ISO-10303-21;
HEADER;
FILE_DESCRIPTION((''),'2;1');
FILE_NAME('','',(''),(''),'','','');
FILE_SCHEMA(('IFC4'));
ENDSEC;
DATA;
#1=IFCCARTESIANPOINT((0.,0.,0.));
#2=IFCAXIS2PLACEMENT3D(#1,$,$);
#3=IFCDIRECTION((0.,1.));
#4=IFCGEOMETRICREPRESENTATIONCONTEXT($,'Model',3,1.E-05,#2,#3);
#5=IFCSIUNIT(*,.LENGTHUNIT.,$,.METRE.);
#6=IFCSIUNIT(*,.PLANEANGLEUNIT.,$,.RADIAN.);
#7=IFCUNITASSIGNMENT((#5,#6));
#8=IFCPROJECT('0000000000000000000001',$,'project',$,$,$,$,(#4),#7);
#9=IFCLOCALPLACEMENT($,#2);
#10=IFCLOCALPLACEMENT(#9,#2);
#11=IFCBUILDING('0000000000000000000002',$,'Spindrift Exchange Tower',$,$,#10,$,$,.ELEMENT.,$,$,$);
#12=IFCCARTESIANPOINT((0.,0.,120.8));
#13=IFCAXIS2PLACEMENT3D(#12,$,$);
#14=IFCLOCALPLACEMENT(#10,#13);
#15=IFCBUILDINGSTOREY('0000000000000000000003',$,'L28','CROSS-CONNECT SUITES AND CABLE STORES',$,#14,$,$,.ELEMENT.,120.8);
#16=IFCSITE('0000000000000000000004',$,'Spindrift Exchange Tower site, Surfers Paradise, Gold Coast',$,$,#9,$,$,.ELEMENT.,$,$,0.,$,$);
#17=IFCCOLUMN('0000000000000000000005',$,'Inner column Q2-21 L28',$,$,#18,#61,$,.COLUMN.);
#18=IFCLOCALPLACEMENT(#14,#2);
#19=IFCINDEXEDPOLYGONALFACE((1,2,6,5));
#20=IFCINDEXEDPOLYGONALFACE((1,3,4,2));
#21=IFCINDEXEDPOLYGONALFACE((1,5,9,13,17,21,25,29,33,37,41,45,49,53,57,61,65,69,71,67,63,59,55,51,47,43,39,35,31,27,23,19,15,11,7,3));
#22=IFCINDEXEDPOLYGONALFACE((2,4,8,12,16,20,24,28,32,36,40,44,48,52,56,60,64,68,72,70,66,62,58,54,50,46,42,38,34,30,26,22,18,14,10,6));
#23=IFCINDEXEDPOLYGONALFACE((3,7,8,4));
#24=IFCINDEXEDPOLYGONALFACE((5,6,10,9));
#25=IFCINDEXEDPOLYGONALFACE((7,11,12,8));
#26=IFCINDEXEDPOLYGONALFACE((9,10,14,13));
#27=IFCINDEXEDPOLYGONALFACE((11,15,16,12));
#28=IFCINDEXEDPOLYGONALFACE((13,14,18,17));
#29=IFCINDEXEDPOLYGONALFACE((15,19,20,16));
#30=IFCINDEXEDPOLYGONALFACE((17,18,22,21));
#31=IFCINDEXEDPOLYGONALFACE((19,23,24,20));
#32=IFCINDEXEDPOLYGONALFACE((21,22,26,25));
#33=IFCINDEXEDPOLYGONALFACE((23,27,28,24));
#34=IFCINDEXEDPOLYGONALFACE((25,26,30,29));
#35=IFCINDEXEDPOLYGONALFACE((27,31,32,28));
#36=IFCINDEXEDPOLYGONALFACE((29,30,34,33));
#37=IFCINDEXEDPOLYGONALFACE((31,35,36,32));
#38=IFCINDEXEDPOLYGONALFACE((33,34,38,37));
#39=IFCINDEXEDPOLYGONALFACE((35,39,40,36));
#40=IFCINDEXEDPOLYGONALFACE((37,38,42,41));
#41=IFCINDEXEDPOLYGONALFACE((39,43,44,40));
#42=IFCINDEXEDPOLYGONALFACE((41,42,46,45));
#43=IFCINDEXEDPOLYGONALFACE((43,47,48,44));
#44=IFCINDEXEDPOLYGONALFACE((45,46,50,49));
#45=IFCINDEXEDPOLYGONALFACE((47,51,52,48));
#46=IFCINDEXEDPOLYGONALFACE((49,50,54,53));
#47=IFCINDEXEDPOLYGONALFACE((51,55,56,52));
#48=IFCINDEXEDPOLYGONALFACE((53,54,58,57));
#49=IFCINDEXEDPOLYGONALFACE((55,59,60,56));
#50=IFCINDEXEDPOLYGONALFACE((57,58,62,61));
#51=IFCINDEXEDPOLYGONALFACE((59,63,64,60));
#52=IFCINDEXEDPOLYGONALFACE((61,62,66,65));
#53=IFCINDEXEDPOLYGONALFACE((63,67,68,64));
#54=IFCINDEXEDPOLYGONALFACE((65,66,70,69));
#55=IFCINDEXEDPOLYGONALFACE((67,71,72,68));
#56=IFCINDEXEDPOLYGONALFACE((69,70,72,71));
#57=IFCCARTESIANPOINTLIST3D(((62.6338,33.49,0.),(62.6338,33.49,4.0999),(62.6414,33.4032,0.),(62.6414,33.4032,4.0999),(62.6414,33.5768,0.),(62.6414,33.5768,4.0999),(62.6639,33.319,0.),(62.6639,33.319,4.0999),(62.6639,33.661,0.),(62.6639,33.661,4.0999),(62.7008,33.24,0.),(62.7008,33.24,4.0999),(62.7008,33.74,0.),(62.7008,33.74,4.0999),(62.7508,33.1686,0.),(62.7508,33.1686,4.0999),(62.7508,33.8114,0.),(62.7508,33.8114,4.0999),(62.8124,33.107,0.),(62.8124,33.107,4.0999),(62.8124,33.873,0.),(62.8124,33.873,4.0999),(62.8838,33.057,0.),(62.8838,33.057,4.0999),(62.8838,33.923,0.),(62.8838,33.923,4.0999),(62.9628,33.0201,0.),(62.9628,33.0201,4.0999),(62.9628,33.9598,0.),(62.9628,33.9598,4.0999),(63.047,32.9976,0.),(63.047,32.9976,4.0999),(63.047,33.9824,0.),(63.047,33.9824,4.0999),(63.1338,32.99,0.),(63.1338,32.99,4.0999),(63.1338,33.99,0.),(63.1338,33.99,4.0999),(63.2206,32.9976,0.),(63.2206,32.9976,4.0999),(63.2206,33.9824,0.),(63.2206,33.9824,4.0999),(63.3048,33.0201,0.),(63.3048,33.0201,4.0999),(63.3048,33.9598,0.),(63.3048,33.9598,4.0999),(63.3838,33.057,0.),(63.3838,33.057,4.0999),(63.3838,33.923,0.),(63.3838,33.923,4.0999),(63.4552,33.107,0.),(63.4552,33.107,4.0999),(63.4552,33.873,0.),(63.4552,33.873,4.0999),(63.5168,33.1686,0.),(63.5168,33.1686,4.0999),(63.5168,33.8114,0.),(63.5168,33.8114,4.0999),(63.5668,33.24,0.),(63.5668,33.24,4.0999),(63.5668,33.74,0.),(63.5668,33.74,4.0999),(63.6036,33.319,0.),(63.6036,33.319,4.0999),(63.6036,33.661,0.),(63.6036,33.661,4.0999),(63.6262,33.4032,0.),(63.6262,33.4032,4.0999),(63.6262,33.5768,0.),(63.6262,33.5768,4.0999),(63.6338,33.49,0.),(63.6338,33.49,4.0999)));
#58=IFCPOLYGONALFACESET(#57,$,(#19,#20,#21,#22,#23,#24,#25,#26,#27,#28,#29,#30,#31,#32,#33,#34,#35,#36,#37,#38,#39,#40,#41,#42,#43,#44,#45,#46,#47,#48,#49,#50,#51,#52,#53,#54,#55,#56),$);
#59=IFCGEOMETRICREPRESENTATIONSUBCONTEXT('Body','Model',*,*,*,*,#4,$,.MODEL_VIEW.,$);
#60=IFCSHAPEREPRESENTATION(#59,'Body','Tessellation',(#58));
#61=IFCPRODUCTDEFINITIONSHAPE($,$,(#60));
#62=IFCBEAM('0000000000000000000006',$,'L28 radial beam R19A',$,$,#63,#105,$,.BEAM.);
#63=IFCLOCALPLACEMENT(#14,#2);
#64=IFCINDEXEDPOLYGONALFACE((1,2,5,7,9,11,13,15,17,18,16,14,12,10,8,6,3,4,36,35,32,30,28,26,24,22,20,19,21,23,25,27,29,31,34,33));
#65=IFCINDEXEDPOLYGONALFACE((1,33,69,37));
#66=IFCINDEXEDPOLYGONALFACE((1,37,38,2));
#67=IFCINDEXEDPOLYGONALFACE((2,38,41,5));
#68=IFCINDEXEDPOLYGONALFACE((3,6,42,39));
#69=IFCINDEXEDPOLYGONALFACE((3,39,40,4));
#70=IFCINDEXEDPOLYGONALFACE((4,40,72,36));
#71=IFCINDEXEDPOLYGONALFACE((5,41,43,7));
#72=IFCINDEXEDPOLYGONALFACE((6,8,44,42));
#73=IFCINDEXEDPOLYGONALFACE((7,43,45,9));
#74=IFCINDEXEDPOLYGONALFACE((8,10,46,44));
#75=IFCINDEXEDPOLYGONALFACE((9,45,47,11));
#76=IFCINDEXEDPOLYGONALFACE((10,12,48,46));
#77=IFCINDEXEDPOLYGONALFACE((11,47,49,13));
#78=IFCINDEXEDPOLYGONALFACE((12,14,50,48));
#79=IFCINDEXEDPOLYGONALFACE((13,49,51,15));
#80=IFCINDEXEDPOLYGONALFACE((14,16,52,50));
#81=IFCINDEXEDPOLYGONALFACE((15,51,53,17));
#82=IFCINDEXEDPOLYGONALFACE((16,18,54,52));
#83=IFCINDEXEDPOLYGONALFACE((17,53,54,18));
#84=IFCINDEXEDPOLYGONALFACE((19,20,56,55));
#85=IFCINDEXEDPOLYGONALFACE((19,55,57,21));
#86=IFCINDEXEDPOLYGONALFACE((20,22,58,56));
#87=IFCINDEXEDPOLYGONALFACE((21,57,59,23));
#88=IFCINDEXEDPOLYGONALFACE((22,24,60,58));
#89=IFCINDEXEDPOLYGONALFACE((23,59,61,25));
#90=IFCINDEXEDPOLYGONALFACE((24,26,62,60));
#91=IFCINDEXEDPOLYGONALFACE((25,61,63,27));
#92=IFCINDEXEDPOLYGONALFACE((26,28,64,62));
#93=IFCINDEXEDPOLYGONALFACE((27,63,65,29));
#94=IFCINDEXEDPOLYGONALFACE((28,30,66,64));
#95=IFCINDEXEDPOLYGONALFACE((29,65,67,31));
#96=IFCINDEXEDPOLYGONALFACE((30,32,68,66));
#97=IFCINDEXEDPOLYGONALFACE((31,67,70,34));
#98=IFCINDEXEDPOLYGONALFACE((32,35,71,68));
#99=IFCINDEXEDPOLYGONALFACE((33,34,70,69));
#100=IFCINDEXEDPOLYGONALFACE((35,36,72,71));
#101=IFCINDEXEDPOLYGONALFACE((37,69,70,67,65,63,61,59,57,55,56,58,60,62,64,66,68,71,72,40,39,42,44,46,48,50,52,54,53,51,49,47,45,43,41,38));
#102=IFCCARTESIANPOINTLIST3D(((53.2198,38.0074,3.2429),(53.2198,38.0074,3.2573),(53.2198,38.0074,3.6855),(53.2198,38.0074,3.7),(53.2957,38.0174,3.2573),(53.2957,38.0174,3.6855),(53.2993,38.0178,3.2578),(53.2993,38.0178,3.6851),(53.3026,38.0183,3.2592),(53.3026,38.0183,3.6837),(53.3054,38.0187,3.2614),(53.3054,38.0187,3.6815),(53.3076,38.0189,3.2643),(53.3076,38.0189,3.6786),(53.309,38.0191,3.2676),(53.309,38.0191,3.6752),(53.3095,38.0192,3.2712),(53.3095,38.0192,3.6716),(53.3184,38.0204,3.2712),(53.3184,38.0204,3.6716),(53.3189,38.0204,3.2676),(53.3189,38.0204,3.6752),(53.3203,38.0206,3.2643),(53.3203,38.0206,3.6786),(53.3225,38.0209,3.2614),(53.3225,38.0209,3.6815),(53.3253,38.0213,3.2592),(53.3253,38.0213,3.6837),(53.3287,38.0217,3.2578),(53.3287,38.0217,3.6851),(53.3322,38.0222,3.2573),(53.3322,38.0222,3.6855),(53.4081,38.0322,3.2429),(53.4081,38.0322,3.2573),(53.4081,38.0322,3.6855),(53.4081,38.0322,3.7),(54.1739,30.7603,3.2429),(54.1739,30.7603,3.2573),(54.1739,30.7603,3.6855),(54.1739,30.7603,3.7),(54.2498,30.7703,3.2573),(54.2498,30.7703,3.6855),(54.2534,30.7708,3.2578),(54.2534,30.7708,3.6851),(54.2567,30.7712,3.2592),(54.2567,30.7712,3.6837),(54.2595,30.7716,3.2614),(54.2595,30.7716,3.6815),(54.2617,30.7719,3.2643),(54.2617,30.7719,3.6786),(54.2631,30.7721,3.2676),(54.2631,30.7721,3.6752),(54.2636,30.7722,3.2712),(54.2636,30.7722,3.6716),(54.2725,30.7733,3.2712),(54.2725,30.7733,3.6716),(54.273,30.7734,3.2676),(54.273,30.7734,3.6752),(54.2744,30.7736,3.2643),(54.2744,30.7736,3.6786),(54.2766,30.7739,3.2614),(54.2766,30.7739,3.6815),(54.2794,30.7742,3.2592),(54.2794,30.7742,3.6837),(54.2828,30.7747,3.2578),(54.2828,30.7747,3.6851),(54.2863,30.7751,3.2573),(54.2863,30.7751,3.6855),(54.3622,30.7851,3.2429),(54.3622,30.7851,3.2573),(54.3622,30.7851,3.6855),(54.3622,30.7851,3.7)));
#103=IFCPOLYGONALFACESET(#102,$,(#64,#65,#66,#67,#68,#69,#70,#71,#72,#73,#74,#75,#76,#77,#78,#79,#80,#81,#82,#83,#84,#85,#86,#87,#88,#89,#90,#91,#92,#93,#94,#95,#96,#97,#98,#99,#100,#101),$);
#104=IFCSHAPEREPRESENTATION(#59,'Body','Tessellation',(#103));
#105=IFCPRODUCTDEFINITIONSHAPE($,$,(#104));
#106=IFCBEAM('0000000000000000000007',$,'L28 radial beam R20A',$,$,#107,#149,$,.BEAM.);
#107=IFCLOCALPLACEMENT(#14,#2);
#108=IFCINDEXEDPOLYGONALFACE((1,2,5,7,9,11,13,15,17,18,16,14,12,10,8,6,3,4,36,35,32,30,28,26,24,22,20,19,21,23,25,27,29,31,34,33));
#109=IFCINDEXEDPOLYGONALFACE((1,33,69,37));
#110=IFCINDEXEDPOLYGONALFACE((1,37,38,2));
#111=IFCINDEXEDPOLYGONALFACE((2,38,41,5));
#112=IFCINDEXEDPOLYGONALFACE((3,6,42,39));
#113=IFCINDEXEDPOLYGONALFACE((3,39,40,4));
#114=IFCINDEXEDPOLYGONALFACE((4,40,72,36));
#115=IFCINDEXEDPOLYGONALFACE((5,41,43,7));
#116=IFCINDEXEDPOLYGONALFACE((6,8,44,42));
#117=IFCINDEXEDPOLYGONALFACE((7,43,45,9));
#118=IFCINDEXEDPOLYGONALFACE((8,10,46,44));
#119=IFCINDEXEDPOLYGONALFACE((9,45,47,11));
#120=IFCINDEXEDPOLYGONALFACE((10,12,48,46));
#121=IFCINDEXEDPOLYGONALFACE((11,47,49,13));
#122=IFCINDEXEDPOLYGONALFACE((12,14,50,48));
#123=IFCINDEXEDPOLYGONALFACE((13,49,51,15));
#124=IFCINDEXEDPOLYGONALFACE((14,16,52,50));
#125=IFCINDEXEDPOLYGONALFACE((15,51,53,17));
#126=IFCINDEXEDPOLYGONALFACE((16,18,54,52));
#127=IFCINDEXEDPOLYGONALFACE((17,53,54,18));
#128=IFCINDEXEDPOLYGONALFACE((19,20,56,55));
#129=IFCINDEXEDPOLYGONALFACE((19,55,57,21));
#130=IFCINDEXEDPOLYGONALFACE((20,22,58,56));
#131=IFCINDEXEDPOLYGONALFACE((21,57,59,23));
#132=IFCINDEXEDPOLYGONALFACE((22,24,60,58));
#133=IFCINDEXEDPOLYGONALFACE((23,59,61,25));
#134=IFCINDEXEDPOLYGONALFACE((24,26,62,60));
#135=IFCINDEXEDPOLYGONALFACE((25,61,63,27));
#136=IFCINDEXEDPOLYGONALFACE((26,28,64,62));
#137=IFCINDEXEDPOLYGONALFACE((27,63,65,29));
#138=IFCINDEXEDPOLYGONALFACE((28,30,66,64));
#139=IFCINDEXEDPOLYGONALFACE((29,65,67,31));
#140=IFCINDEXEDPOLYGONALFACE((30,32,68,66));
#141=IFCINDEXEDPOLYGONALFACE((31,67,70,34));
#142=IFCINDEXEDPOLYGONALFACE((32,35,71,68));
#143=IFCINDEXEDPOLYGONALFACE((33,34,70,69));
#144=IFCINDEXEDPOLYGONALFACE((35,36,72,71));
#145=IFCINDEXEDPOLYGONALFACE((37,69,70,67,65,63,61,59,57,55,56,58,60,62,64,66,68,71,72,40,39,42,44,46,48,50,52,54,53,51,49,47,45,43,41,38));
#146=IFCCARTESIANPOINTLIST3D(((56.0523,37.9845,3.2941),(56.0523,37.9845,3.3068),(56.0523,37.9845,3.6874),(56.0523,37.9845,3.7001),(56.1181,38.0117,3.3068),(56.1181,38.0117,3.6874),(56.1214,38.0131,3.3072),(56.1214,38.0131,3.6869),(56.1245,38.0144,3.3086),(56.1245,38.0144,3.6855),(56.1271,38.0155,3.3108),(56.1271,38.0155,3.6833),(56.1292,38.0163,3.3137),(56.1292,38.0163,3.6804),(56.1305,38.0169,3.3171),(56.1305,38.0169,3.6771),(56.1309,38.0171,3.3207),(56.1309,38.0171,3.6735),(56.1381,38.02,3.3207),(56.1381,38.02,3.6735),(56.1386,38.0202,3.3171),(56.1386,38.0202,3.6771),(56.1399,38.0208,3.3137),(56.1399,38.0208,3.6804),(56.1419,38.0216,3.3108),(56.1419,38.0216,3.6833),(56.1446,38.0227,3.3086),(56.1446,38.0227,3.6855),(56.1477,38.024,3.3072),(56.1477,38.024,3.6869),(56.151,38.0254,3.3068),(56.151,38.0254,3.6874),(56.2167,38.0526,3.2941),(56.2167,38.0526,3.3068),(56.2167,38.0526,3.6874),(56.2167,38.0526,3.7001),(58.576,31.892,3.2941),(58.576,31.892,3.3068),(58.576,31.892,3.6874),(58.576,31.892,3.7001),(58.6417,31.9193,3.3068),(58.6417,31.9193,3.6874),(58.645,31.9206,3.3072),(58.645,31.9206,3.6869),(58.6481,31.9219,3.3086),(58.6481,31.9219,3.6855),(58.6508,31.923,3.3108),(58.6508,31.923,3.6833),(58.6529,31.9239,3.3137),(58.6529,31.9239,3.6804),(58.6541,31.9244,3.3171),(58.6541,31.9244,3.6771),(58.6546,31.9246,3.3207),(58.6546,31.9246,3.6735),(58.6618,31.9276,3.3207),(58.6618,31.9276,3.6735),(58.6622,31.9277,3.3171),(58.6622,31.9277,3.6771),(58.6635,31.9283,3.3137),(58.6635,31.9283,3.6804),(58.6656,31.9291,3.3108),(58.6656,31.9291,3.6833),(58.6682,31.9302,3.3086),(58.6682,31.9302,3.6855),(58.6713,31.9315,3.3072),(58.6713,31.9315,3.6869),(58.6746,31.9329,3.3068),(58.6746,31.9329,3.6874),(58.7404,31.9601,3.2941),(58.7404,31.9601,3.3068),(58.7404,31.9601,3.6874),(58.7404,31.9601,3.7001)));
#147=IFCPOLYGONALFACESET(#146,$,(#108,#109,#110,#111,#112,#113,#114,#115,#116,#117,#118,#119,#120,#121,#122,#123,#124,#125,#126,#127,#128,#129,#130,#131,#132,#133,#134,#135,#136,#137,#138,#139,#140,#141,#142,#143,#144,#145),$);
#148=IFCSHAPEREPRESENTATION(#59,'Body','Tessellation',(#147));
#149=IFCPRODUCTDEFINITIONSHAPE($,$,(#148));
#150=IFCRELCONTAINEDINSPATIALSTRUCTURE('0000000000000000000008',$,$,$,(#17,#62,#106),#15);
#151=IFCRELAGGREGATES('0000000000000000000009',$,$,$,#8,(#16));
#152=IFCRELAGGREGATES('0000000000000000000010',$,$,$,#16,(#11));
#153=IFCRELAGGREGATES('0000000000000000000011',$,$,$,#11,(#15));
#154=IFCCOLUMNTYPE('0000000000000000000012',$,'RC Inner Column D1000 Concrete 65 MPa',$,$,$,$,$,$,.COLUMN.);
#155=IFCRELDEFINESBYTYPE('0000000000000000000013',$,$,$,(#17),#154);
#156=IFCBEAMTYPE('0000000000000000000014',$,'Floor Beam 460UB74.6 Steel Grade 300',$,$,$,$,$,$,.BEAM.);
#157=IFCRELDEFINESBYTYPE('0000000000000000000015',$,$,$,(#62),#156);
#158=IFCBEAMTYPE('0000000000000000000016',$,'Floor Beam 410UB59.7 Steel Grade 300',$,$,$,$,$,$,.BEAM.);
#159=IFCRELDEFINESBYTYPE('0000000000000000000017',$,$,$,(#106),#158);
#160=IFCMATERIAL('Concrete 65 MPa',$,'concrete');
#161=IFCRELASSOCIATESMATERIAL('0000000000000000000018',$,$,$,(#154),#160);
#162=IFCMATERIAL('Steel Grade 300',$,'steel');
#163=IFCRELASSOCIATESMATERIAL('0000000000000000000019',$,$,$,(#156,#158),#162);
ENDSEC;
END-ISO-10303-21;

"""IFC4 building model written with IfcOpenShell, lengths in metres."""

from ifc_helpers import new_model, si_unit, direction, frame, origin, origin_2d, place, context, subcontext, project, spatial, circle, i_section, extrude, source, transform, mapped, material, material_profile, profile_set, type_object, element, save


model = new_model("IFC4")

# Units and contexts
model_context = context("Model", 3, precision=1e-05, world=origin(), true_north=direction((0.0, 1.0)))
body_context = subcontext(model_context, "Body", "Model", "MODEL_VIEW")
ifc_project = project(units=[si_unit("LENGTHUNIT", "METRE"), si_unit("PLANEANGLEUNIT", "RADIAN")], contexts=[model_context])

# Site, building, storey
site_placement = place(None, origin())
site = spatial("IfcSite", under=ifc_project, at=site_placement, Name="Spindrift Exchange Tower site, Surfers Paradise, Gold Coast", CompositionType="ELEMENT", RefElevation=0.0)
building_placement = place(site_placement, origin())
building = spatial("IfcBuilding", under=site, at=building_placement, Name="Spindrift Exchange Tower", CompositionType="ELEMENT")
storey_placement = place(building_placement, frame((0.0, 0.0, 120.8)))
storey = spatial("IfcBuildingStorey", under=building, at=storey_placement, Name="L28", Description="CROSS-CONNECT SUITES AND CABLE STORES", CompositionType="ELEMENT", Elevation=120.8)

# Column
ifc_material_1 = material(Name="Concrete 65 MPa", Category="concrete")
ifc_material_profile_1 = material_profile(ifc_material_1, circle(Radius=0.5, at=origin_2d()), Name="RC D1000")
ifc_profile_set_1 = profile_set([ifc_material_profile_1], Name="Concrete 65 MPa")
column_type = type_object("IfcColumnType", Name="RC Inner Column D1000 Concrete 65 MPa", PredefinedType="COLUMN", material=ifc_profile_set_1)
shared_shape_1 = source(origin(), body_context, "Body", "SweptSolid", [
    extrude(circle(Radius=0.5, at=origin_2d()), origin(), (0.0, 0.0, 1.0), 4.0999),
])
column_placement = place(storey_placement, frame((63.1338, 33.49, 0.0), z_axis=(0.0, 0.0, 1.0), x_axis=(1.0, 0.0, 0.0)))
element("IfcColumn", 1, at=column_placement, inside=storey, type_object=column_type, Name="Inner column Q2-21 L28", PredefinedType="COLUMN", context=body_context, shape_type="MappedRepresentation", body=[
    mapped(shared_shape_1, transform((0.0, 0.0, 0.0), scale=1.0)),
])

# Beams
ifc_material_2 = material(Name="Steel Grade 300", Category="steel")
ifc_material_profile_2 = material_profile(ifc_material_2, i_section(OverallWidth=0.1899, OverallDepth=0.457, WebThickness=0.009, FlangeThickness=0.0144, FilletRadius=0.0139, at=origin_2d()), Name="460UB74.6")
ifc_profile_set_2 = profile_set([ifc_material_profile_2], Name="Steel Grade 300")
beam_type_1 = type_object("IfcBeamType", Name="Floor Beam 460UB74.6 Steel Grade 300", PredefinedType="BEAM", material=ifc_profile_set_2)
shared_shape_2 = source(origin(), body_context, "Body", "SweptSolid", [
    extrude(i_section(OverallWidth=0.1899, OverallDepth=0.457, WebThickness=0.009, FlangeThickness=0.0144, FilletRadius=0.0139, at=origin_2d()), origin(), (0.0, 0.0, 1.0), 7.3096),
])
beam_1_placement = place(storey_placement, frame((53.314, 38.0198, 3.4714), z_axis=(0.130527, -0.991445, 0.0), x_axis=(0.991445, 0.130527, 0.0)))
element("IfcBeam", 2, at=beam_1_placement, inside=storey, type_object=beam_type_1, Name="L28 radial beam R19A", PredefinedType="BEAM", context=body_context, shape_type="MappedRepresentation", body=[
    mapped(shared_shape_2, transform((0.0, 0.0, 0.0), scale=1.0)),
])
ifc_material_profile_3 = material_profile(ifc_material_2, i_section(OverallWidth=0.178, OverallDepth=0.406, WebThickness=0.0078, FlangeThickness=0.0127, FilletRadius=0.0139, at=origin_2d()), Name="410UB59.7")
ifc_profile_set_3 = profile_set([ifc_material_profile_3], Name="Steel Grade 300")
beam_type_2 = type_object("IfcBeamType", Name="Floor Beam 410UB59.7 Steel Grade 300", PredefinedType="BEAM", material=ifc_profile_set_3)
shared_shape_3 = source(origin(), body_context, "Body", "SweptSolid", [
    extrude(i_section(OverallWidth=0.178, OverallDepth=0.406, WebThickness=0.0078, FlangeThickness=0.0127, FilletRadius=0.0139, at=origin_2d()), origin(), (0.0, 0.0, 1.0), 6.5945),
])
beam_2_placement = place(storey_placement, frame((56.1345, 38.0186, 3.4971), z_axis=(0.382693, -0.923876, 0.0), x_axis=(0.923876, 0.382693, 0.0)))
element("IfcBeam", 3, at=beam_2_placement, inside=storey, type_object=beam_type_2, Name="L28 radial beam R20A", PredefinedType="BEAM", context=body_context, shape_type="MappedRepresentation", body=[
    mapped(shared_shape_3, transform((0.0, 0.0, 0.0), scale=1.0)),
])

save(model, "model.ifc")
